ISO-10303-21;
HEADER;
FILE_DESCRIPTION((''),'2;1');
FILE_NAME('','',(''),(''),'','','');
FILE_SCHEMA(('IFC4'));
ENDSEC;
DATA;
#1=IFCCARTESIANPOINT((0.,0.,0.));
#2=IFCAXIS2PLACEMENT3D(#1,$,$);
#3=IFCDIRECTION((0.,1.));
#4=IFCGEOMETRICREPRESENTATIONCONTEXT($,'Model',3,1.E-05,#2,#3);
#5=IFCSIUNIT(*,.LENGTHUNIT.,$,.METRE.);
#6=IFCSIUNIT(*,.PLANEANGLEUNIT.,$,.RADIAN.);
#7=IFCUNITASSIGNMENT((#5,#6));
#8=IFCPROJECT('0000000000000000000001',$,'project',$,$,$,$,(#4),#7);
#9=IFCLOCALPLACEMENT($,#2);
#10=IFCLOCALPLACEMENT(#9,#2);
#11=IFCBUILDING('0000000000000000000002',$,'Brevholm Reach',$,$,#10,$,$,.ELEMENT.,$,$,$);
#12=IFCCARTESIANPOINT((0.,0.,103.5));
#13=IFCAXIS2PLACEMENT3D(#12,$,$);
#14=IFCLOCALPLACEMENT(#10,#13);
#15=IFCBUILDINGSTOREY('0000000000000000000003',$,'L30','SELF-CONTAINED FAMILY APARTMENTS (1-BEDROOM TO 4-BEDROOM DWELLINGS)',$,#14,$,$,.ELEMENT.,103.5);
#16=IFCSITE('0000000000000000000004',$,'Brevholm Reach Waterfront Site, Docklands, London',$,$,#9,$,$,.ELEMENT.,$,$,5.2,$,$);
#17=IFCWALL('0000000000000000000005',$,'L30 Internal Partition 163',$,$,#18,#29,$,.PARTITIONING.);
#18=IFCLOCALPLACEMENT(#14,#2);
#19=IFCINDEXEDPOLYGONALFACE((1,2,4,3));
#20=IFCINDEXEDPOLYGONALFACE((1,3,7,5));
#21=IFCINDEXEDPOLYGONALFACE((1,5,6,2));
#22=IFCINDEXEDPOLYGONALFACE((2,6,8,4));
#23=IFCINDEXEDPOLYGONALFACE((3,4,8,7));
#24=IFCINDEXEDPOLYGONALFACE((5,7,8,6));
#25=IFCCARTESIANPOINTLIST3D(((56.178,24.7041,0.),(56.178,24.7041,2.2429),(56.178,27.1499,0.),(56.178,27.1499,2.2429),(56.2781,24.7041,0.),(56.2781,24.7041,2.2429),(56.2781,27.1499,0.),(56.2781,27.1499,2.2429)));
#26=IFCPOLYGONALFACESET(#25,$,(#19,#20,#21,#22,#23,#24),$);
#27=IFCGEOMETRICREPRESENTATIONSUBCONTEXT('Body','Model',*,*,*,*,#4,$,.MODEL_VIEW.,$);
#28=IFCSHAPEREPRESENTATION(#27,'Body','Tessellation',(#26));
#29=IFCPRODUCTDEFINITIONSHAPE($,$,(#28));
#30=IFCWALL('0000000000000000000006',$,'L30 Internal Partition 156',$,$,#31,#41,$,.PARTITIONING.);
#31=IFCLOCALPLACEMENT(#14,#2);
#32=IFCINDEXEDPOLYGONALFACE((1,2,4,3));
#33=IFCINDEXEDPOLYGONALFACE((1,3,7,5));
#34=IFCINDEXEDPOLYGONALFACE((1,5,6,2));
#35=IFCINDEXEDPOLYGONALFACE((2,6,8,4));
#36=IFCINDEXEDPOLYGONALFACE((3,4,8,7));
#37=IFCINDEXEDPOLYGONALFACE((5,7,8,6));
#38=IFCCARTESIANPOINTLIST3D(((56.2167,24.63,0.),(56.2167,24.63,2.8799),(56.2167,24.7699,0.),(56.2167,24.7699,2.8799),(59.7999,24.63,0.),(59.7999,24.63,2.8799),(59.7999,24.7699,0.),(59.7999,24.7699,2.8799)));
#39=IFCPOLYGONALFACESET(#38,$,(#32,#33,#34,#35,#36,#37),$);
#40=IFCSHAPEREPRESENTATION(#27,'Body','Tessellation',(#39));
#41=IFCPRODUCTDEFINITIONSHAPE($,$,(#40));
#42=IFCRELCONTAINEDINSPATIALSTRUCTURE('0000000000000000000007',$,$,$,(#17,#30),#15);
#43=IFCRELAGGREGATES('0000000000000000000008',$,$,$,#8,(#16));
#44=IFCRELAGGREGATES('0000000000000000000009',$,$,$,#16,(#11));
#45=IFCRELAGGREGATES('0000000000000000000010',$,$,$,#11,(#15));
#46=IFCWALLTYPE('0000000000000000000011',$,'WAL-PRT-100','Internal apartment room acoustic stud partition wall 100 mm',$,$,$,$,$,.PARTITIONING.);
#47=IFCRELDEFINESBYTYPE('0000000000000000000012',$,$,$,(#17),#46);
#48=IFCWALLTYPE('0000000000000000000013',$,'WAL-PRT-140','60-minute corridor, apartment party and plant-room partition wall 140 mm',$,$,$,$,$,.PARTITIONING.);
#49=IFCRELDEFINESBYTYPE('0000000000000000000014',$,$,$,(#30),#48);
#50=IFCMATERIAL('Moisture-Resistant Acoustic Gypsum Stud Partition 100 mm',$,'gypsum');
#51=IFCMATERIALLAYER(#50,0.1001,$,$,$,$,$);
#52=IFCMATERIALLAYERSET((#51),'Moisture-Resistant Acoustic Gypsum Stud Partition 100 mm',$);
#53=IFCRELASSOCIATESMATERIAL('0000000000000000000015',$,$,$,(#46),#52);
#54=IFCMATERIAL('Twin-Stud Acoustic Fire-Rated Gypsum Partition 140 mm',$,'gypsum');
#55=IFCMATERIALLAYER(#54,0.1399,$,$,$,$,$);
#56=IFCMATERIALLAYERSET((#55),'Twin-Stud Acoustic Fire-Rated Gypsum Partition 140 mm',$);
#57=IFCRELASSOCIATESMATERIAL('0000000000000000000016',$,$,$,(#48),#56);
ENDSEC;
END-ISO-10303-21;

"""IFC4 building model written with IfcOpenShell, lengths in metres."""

from ifc_helpers import new_model, si_unit, direction, frame, frame_2d, origin, place, context, subcontext, project, spatial, rectangle, extrude, material, layer, layer_set, type_object, element, save


model = new_model("IFC4")

# Units and contexts
model_context = context("Model", 3, precision=1e-05, world=origin(), true_north=direction((0.0, 1.0)))
body_context = subcontext(model_context, "Body", "Model", "MODEL_VIEW")
ifc_project = project(units=[si_unit("LENGTHUNIT", "METRE"), si_unit("PLANEANGLEUNIT", "RADIAN")], contexts=[model_context])

# Site, building, storey
site_placement = place(None, origin())
site = spatial("IfcSite", under=ifc_project, at=site_placement, Name="Brevholm Reach Waterfront Site, Docklands, London", CompositionType="ELEMENT", RefElevation=5.2)
building_placement = place(site_placement, origin())
building = spatial("IfcBuilding", under=site, at=building_placement, Name="Brevholm Reach", CompositionType="ELEMENT")
storey_placement = place(building_placement, frame((0.0, 0.0, 103.5)))
storey = spatial("IfcBuildingStorey", under=building, at=storey_placement, Name="L30", Description="SELF-CONTAINED FAMILY APARTMENTS (1-BEDROOM TO 4-BEDROOM DWELLINGS)", CompositionType="ELEMENT", Elevation=103.5)

# Shared definitions
ifc_material_1 = material(Name="Moisture-Resistant Acoustic Gypsum Stud Partition 100 mm", Category="gypsum")
ifc_layer_1 = layer(ifc_material_1, 0.1001)
ifc_layer_set_1 = layer_set([ifc_layer_1], Name="Moisture-Resistant Acoustic Gypsum Stud Partition 100 mm")
wall_type_1 = type_object("IfcWallType", Name="WAL-PRT-100", Description="Internal apartment room acoustic stud partition wall 100 mm", PredefinedType="PARTITIONING", material=ifc_layer_set_1)

# Walls
wall_1_placement = place(storey_placement, frame((56.228, 24.7041, 0.0), z_axis=(0.0, 0.0, 1.0), x_axis=(0.0, 1.0, 0.0)))
element("IfcWall", 1, at=wall_1_placement, inside=storey, type_object=wall_type_1, Name="L30 Internal Partition 163", PredefinedType="PARTITIONING", context=body_context, shape_type="SweptSolid", body=[
    extrude(rectangle(XDim=2.4458, YDim=0.1001, at=frame_2d((1.2229, 0.0))), origin(), (0.0, 0.0, 1.0), 2.2429),
])
ifc_material_2 = material(Name="Twin-Stud Acoustic Fire-Rated Gypsum Partition 140 mm", Category="gypsum")
ifc_layer_2 = layer(ifc_material_2, 0.1399)
ifc_layer_set_2 = layer_set([ifc_layer_2], Name="Twin-Stud Acoustic Fire-Rated Gypsum Partition 140 mm")
wall_type_2 = type_object("IfcWallType", Name="WAL-PRT-140", Description="60-minute corridor, apartment party and plant-room partition wall 140 mm", PredefinedType="PARTITIONING", material=ifc_layer_set_2)
wall_2_placement = place(storey_placement, frame((56.2168, 24.7, 0.0), z_axis=(0.0, 0.0, 1.0), x_axis=(1.0, 0.0, 0.0)))
element("IfcWall", 2, at=wall_2_placement, inside=storey, type_object=wall_type_2, Name="L30 Internal Partition 156", PredefinedType="PARTITIONING", context=body_context, shape_type="SweptSolid", body=[
    extrude(rectangle(XDim=3.5833, YDim=0.1399, at=frame_2d((1.7915, 0.0))), origin(), (0.0, 0.0, 1.0), 2.8799),
])

save(model, "model.ifc")
